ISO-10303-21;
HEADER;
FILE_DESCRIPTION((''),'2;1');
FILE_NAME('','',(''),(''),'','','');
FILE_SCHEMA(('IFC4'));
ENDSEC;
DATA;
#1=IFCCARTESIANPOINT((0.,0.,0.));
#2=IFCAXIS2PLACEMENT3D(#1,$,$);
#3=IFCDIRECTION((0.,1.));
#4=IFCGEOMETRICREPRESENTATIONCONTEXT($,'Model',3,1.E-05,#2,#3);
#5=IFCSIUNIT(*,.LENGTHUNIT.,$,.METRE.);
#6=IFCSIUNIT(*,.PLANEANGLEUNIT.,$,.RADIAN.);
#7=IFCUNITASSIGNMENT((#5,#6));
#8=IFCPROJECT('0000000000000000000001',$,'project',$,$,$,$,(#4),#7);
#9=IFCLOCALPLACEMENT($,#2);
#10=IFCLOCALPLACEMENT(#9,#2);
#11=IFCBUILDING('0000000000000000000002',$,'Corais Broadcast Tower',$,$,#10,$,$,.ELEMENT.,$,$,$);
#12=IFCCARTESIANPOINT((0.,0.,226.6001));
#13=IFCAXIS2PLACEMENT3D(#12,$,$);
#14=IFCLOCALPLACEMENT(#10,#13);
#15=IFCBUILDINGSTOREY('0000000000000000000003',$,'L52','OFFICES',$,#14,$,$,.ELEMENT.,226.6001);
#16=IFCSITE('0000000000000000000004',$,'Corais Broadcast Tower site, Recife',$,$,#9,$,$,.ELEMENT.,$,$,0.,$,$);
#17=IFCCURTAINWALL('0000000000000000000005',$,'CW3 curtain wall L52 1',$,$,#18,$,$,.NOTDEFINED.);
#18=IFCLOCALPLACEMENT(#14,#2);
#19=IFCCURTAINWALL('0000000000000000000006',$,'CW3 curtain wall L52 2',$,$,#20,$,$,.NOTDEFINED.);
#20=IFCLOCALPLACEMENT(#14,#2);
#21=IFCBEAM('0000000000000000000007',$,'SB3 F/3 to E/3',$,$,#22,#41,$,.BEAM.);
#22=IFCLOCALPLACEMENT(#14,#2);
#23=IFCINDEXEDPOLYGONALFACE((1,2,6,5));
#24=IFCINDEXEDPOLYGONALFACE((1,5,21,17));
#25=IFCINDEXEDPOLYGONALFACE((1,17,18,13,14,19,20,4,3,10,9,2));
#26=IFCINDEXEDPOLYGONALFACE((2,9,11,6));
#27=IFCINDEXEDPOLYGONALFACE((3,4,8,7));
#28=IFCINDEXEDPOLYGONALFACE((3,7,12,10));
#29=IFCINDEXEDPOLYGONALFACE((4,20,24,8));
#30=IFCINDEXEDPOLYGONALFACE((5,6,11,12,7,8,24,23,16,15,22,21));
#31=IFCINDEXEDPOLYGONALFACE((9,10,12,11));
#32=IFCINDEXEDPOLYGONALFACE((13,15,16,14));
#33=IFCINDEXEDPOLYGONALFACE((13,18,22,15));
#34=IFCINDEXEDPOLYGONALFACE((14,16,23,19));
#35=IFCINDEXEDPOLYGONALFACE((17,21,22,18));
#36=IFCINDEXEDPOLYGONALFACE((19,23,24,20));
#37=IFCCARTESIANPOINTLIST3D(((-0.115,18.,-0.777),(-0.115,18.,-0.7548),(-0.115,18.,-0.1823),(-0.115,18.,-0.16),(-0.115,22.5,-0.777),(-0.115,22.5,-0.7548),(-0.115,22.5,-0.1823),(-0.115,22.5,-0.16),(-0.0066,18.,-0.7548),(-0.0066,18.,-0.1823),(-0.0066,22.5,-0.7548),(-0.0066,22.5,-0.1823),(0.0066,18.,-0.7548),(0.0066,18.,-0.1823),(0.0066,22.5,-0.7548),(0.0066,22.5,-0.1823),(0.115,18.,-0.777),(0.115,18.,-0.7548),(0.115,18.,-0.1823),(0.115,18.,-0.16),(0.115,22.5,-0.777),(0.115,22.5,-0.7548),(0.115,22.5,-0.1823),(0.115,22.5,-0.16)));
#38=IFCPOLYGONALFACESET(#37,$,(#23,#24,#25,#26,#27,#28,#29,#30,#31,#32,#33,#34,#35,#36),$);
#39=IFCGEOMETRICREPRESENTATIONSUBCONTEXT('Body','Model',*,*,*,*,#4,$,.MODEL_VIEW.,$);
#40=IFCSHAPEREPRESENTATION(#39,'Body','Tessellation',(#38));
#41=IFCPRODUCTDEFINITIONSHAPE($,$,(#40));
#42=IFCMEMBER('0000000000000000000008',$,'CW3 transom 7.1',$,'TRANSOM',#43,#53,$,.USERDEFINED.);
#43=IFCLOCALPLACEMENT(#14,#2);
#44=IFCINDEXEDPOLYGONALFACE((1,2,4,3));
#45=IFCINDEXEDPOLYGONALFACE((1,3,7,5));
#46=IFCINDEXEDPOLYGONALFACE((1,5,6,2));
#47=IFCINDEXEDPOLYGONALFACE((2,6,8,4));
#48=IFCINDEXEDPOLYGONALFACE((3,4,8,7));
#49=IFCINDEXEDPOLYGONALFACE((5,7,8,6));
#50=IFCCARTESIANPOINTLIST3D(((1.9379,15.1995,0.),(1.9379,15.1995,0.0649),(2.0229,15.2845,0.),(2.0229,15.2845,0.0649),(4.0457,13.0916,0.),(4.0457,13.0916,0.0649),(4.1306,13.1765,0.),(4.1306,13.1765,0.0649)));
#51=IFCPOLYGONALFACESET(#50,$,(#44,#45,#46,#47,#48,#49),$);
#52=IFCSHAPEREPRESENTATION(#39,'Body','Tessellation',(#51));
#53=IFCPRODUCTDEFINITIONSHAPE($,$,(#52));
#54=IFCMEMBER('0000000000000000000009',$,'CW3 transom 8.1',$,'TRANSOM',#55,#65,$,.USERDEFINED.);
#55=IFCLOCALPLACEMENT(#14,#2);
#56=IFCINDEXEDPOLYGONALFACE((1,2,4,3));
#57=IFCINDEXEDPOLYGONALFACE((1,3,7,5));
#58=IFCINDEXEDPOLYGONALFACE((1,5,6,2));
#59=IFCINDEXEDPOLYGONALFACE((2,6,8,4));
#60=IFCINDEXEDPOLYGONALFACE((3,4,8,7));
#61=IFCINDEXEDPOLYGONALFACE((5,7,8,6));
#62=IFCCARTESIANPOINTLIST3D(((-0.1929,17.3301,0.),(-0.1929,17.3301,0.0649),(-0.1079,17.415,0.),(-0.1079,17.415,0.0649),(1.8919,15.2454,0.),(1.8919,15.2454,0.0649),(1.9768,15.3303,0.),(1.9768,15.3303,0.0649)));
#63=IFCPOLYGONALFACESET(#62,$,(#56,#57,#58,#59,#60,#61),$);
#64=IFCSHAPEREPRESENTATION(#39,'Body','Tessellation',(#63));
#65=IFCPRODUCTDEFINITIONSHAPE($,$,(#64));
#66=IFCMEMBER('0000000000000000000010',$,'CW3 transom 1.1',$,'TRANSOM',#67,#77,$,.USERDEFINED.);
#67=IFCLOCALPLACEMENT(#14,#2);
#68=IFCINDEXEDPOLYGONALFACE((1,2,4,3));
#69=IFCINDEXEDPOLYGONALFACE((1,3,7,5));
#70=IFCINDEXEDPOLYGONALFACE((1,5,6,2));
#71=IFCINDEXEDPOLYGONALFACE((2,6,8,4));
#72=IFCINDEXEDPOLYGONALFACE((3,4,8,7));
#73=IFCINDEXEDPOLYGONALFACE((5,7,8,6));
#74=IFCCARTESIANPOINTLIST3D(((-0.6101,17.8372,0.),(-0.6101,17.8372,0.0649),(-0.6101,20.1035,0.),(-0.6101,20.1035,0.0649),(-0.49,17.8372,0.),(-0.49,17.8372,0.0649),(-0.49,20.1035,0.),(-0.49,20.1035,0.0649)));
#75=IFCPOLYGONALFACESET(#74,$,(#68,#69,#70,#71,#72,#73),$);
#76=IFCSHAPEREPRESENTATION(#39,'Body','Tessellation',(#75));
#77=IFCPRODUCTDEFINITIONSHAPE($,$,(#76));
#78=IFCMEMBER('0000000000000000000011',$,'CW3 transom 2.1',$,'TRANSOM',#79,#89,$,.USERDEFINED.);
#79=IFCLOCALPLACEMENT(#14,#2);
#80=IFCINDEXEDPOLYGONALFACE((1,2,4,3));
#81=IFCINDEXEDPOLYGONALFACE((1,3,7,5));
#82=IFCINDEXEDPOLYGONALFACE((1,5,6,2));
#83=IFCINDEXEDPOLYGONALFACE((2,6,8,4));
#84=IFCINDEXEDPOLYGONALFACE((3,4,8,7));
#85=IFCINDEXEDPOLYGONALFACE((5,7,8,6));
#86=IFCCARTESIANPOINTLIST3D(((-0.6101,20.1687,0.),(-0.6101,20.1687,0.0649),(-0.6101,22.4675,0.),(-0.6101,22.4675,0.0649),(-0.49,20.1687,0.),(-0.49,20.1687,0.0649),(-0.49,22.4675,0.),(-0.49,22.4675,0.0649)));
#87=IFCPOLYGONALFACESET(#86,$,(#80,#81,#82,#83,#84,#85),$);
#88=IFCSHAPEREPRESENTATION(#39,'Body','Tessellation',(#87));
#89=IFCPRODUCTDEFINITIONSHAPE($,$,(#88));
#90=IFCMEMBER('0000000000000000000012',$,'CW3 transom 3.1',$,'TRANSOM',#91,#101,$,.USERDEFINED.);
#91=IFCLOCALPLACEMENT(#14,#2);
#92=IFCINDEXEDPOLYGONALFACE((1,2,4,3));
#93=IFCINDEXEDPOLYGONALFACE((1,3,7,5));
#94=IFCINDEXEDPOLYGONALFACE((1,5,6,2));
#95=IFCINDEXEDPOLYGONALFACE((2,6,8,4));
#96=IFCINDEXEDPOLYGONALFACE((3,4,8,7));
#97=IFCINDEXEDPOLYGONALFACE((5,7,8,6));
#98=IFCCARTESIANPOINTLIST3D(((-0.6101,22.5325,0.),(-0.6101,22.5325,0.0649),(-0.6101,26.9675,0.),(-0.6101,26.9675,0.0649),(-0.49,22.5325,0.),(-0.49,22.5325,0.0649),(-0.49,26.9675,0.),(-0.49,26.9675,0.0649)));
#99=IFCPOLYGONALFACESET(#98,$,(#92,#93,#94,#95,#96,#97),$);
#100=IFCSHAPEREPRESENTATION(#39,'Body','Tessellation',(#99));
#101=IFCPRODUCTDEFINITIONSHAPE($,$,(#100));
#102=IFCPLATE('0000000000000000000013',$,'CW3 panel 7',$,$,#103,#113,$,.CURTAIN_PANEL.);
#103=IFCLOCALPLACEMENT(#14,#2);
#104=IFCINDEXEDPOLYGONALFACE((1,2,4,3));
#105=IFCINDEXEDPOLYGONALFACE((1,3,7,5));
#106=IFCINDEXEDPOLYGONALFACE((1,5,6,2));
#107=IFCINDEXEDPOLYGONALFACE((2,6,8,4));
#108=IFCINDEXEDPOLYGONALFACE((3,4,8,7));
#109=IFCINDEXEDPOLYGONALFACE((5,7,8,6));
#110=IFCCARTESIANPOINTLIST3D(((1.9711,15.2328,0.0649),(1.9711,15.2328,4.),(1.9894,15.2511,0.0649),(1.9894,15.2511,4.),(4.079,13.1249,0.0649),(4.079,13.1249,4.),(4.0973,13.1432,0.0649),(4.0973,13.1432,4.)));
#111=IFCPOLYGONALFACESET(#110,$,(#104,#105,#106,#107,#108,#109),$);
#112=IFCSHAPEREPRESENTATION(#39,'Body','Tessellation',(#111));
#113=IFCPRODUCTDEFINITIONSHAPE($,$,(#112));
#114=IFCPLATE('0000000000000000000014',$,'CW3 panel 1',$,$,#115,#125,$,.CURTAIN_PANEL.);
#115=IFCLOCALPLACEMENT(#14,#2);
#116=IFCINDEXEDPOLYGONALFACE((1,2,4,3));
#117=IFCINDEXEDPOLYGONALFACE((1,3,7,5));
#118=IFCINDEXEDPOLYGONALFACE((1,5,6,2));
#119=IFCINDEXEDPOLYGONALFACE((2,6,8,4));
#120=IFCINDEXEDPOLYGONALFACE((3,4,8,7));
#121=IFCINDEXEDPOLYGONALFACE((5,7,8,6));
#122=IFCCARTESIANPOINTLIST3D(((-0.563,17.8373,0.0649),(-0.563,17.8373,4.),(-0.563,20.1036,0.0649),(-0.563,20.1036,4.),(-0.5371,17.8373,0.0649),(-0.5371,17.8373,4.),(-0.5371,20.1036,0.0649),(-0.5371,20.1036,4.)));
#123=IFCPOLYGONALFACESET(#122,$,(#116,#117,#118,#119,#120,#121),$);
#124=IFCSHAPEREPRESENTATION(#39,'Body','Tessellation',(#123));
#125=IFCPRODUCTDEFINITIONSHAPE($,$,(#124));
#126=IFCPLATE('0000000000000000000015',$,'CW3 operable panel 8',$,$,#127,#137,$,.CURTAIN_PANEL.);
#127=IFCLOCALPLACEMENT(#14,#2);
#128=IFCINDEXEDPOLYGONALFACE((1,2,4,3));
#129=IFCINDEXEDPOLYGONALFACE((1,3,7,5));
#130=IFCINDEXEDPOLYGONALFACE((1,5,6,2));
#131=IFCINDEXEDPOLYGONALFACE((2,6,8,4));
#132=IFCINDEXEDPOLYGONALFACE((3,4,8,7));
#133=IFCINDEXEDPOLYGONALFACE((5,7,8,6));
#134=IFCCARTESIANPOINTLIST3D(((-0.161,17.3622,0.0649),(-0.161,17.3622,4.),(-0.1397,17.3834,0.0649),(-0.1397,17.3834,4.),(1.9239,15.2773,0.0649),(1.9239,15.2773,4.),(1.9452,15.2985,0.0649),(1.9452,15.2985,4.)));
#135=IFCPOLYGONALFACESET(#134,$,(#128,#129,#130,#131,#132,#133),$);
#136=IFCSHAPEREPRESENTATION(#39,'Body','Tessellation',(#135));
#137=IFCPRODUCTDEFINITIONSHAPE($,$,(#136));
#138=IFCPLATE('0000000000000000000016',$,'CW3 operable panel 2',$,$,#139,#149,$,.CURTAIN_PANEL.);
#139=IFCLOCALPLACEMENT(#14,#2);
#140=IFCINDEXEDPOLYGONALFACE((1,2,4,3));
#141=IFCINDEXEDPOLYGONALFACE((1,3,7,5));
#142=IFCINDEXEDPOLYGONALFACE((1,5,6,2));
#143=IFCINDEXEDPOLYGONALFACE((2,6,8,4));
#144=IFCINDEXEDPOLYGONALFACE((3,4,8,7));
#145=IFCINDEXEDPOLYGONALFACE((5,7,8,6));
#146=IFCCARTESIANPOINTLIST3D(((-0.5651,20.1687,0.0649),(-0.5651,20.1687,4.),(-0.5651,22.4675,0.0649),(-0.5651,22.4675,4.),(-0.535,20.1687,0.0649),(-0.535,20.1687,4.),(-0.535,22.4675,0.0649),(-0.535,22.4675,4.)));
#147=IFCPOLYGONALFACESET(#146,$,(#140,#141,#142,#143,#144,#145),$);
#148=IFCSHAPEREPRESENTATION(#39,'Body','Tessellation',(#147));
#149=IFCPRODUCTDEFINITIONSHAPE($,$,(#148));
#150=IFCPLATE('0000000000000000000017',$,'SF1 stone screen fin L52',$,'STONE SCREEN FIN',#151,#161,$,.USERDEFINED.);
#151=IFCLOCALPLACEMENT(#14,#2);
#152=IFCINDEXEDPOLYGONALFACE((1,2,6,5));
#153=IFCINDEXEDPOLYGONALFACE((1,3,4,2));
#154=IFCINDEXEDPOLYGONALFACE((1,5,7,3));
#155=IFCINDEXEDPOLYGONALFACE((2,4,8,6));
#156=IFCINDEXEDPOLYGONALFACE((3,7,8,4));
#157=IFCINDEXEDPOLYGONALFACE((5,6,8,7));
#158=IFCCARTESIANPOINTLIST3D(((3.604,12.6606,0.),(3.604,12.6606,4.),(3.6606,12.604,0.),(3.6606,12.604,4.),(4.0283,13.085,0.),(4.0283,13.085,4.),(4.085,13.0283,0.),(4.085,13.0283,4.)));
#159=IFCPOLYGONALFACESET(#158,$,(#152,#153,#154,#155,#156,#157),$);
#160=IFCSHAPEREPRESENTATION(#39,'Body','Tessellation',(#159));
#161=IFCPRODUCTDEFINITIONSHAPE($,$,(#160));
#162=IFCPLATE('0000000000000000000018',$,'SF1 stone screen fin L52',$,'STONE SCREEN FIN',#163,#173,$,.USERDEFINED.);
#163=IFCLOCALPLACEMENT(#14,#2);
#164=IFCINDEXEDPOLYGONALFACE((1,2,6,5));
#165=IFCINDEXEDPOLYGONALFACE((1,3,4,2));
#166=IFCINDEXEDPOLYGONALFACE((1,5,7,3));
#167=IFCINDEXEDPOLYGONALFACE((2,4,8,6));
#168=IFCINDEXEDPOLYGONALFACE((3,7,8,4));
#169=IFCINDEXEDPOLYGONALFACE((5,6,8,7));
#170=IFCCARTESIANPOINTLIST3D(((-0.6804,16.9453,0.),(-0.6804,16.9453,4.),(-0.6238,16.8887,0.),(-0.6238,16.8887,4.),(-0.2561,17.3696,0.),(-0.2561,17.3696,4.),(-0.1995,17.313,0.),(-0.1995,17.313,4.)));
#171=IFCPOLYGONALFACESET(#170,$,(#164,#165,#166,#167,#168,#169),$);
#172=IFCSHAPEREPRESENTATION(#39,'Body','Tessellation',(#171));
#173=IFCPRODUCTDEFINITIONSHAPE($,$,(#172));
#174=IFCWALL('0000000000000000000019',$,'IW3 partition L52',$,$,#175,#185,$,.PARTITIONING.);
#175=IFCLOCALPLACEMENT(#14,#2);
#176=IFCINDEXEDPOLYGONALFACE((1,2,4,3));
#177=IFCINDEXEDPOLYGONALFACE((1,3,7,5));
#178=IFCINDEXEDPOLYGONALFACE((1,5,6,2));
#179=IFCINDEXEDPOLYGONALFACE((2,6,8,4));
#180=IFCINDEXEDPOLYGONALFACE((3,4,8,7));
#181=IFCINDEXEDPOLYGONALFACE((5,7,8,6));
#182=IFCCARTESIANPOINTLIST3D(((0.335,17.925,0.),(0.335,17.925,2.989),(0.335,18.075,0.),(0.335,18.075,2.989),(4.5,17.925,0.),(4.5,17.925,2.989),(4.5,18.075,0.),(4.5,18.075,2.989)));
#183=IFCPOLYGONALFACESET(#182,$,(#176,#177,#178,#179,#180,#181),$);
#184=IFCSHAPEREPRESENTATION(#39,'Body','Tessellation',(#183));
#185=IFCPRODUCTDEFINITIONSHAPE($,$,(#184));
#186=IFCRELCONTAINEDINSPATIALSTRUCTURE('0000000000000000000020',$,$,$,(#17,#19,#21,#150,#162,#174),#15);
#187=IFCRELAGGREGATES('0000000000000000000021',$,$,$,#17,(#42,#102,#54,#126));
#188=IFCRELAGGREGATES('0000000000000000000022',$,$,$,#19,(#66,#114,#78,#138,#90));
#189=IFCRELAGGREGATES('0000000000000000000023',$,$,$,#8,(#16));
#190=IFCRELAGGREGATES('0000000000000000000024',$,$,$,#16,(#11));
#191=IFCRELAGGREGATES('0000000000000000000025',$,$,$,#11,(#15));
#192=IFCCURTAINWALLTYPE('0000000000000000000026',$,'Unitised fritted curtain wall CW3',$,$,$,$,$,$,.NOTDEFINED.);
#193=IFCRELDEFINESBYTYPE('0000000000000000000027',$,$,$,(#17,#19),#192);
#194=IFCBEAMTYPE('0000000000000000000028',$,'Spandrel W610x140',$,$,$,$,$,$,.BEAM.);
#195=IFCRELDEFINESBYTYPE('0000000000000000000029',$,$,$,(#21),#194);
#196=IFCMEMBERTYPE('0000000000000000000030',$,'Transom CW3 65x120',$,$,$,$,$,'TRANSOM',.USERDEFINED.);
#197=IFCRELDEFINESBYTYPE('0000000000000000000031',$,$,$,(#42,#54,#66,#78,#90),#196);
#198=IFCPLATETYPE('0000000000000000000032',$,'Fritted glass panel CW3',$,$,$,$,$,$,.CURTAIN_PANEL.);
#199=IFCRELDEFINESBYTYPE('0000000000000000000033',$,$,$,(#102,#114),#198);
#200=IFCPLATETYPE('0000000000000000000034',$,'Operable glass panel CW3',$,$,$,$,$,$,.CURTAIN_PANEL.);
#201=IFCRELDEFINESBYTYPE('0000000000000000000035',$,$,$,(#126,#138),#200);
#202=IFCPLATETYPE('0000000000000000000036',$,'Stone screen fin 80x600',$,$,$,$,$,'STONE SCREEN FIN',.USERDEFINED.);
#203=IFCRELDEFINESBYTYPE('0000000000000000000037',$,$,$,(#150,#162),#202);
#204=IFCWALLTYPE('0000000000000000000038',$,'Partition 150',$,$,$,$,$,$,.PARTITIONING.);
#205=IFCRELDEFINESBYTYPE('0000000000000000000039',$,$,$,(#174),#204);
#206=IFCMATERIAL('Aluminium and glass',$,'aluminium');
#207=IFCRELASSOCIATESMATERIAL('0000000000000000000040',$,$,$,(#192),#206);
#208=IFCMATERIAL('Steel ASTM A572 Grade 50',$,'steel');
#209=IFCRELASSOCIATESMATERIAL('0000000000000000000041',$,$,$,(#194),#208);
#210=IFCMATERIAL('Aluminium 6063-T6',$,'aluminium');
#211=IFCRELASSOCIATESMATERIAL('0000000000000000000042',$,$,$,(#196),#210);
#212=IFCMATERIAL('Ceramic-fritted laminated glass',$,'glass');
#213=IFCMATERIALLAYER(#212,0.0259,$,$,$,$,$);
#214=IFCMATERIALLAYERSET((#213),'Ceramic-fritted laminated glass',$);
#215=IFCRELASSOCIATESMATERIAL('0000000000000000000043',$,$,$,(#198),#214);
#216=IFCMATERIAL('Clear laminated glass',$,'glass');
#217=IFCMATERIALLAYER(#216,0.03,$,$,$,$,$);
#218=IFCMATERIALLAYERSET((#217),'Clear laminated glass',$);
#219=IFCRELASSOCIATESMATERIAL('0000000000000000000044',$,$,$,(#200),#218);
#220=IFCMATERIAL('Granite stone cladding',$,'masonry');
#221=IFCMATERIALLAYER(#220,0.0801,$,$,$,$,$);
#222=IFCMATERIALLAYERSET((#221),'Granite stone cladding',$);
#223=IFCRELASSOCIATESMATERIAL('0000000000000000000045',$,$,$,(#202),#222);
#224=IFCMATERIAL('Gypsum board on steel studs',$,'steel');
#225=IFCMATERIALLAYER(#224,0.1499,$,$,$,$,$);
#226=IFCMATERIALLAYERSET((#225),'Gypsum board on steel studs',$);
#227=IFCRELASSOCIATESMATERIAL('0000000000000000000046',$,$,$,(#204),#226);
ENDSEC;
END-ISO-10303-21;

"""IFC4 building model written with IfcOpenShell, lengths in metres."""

from ifc_helpers import new_model, si_unit, direction, frame, frame_2d, origin, origin_2d, place, context, subcontext, project, spatial, rectangle, i_section, extrude, material, layer, layer_set, material_profile, profile_set, type_object, element, aggregate, save


model = new_model("IFC4")

# Units and contexts
model_context = context("Model", 3, precision=1e-05, world=origin(), true_north=direction((0.0, 1.0)))
body_context = subcontext(model_context, "Body", "Model", "MODEL_VIEW")
ifc_project = project(units=[si_unit("LENGTHUNIT", "METRE"), si_unit("PLANEANGLEUNIT", "RADIAN")], contexts=[model_context])

# Site, building, storey
site_placement = place(None, origin())
site = spatial("IfcSite", under=ifc_project, at=site_placement, Name="Corais Broadcast Tower site, Recife", CompositionType="ELEMENT", RefElevation=0.0)
building_placement = place(site_placement, origin())
building = spatial("IfcBuilding", under=site, at=building_placement, Name="Corais Broadcast Tower", CompositionType="ELEMENT")
storey_placement = place(building_placement, frame((0.0, 0.0, 226.6001)))
storey = spatial("IfcBuildingStorey", under=building, at=storey_placement, Name="L52", Description="OFFICES", CompositionType="ELEMENT", Elevation=226.6001)

# Curtain walls
ifc_material_1 = material(Name="Aluminium and glass", Category="aluminium")
curtain_wall_type = type_object("IfcCurtainWallType", Name="Unitised fritted curtain wall CW3", PredefinedType="NOTDEFINED", material=ifc_material_1)
curtain_wall_1_placement = place(storey_placement, origin())
curtain_wall_1 = element("IfcCurtainWall", 1, at=curtain_wall_1_placement, inside=storey, type_object=curtain_wall_type, Name="CW3 curtain wall L52 1", PredefinedType="NOTDEFINED")
curtain_wall_2_placement = place(storey_placement, origin())
curtain_wall_2 = element("IfcCurtainWall", 2, at=curtain_wall_2_placement, inside=storey, type_object=curtain_wall_type, Name="CW3 curtain wall L52 2", PredefinedType="NOTDEFINED")

# Beam
ifc_material_2 = material(Name="Steel ASTM A572 Grade 50", Category="steel")
ifc_material_profile_1 = material_profile(ifc_material_2, i_section(OverallWidth=0.23, OverallDepth=0.6169, WebThickness=0.0132, FlangeThickness=0.0222, at=origin_2d()), Name="W610x140")
ifc_profile_set_1 = profile_set([ifc_material_profile_1], Name="Steel ASTM A572 Grade 50")
beam_type_1 = type_object("IfcBeamType", Name="Spandrel W610x140", PredefinedType="BEAM", material=ifc_profile_set_1)
beam_1_placement = place(storey_placement, frame((0.0, 22.5, -0.4685), z_axis=(0.0, -1.0, 0.0), x_axis=(1.0, 0.0, 0.0)))
element("IfcBeam", 3, at=beam_1_placement, inside=storey, type_object=beam_type_1, Name="SB3 F/3 to E/3", PredefinedType="BEAM", context=body_context, shape_type="SweptSolid", body=[
    extrude(i_section(OverallWidth=0.23, OverallDepth=0.6169, WebThickness=0.0132, FlangeThickness=0.0222, at=origin_2d()), origin(), (0.0, 0.0, 1.0), 4.5),
])

# Members
ifc_material_3 = material(Name="Aluminium 6063-T6", Category="aluminium")
ifc_material_profile_2 = material_profile(ifc_material_3, rectangle(XDim=0.1201, YDim=0.0649, at=origin_2d()), Name="Transom CW3 65x120")
ifc_profile_set_2 = profile_set([ifc_material_profile_2], Name="Aluminium 6063-T6")
member_type_1 = type_object("IfcMemberType", Name="Transom CW3 65x120", ElementType="TRANSOM", PredefinedType="USERDEFINED", material=ifc_profile_set_2)
member_1_placement = place(storey_placement, frame((4.0881, 13.134, 0.0325), z_axis=(-0.707066, 0.707148, 0.0), x_axis=(-0.707148, -0.707066, 0.0)))
member_1 = element("IfcMember", 4, at=member_1_placement, type_object=member_type_1, Name="CW3 transom 7.1", ObjectType="TRANSOM", PredefinedType="USERDEFINED", context=body_context, shape_type="SweptSolid", body=[
    extrude(rectangle(XDim=0.1201, YDim=0.0649, at=origin_2d()), origin(), (0.0, 0.0, 1.0), 2.981),
])
member_2_placement = place(storey_placement, frame((1.9343, 15.2878, 0.0325), z_axis=(-0.707107, 0.707107, 0.0), x_axis=(-0.707107, -0.707107, 0.0)))
member_2 = element("IfcMember", 5, at=member_2_placement, type_object=member_type_1, Name="CW3 transom 8.1", ObjectType="TRANSOM", PredefinedType="USERDEFINED", context=body_context, shape_type="SweptSolid", body=[
    extrude(rectangle(XDim=0.1201, YDim=0.0649, at=origin_2d()), origin(), (0.0, 0.0, 1.0), 2.9482),
])
member_3_placement = place(storey_placement, frame((-0.55, 17.8372, 0.0325), z_axis=(0.0, 1.0, 0.0), x_axis=(-1.0, 0.0, 0.0)))
member_3 = element("IfcMember", 6, at=member_3_placement, type_object=member_type_1, Name="CW3 transom 1.1", ObjectType="TRANSOM", PredefinedType="USERDEFINED", context=body_context, shape_type="SweptSolid", body=[
    extrude(rectangle(XDim=0.1201, YDim=0.0649, at=origin_2d()), origin(), (0.0, 0.0, 1.0), 2.2664),
])
member_4_placement = place(storey_placement, frame((-0.55, 20.1687, 0.0325), z_axis=(0.0, 1.0, 0.0), x_axis=(-1.0, 0.0, 0.0)))
member_4 = element("IfcMember", 7, at=member_4_placement, type_object=member_type_1, Name="CW3 transom 2.1", ObjectType="TRANSOM", PredefinedType="USERDEFINED", context=body_context, shape_type="SweptSolid", body=[
    extrude(rectangle(XDim=0.1201, YDim=0.0649, at=origin_2d()), origin(), (0.0, 0.0, 1.0), 2.2988),
])
member_5_placement = place(storey_placement, frame((-0.55, 22.5325, 0.0325), z_axis=(0.0, 1.0, 0.0), x_axis=(-1.0, 0.0, 0.0)))
member_5 = element("IfcMember", 8, at=member_5_placement, type_object=member_type_1, Name="CW3 transom 3.1", ObjectType="TRANSOM", PredefinedType="USERDEFINED", context=body_context, shape_type="SweptSolid", body=[
    extrude(rectangle(XDim=0.1201, YDim=0.0649, at=origin_2d()), origin(), (0.0, 0.0, 1.0), 4.4351),
])

# Plates
ifc_material_4 = material(Name="Ceramic-fritted laminated glass", Category="glass")
ifc_layer_1 = layer(ifc_material_4, 0.0259)
ifc_layer_set_1 = layer_set([ifc_layer_1], Name="Ceramic-fritted laminated glass")
plate_type_1 = type_object("IfcPlateType", Name="Fritted glass panel CW3", PredefinedType="CURTAIN_PANEL", material=ifc_layer_set_1)
plate_1_placement = place(storey_placement, frame((3.0342, 14.188, 0.0649), z_axis=(0.0, 0.0, 1.0), x_axis=(-0.707107, 0.707107, 0.0)))
plate_1 = element("IfcPlate", 9, at=plate_1_placement, type_object=plate_type_1, Name="CW3 panel 7", PredefinedType="CURTAIN_PANEL", context=body_context, shape_type="SweptSolid", body=[
    extrude(rectangle(XDim=2.981, YDim=0.0259, at=origin_2d()), origin(), (0.0, 0.0, 1.0), 3.9351),
])
plate_2_placement = place(storey_placement, frame((-0.55, 18.9705, 0.0649), z_axis=(0.0, 0.0, 1.0), x_axis=(0.0, 1.0, 0.0)))
plate_2 = element("IfcPlate", 10, at=plate_2_placement, type_object=plate_type_1, Name="CW3 panel 1", PredefinedType="CURTAIN_PANEL", context=body_context, shape_type="SweptSolid", body=[
    extrude(rectangle(XDim=2.2664, YDim=0.0259, at=origin_2d()), origin(), (0.0, 0.0, 1.0), 3.9351),
])
ifc_material_5 = material(Name="Clear laminated glass", Category="glass")
ifc_layer_2 = layer(ifc_material_5, 0.03)
ifc_layer_set_2 = layer_set([ifc_layer_2], Name="Clear laminated glass")
plate_type_2 = type_object("IfcPlateType", Name="Operable glass panel CW3", PredefinedType="CURTAIN_PANEL", material=ifc_layer_set_2)
plate_3_placement = place(storey_placement, frame((0.8921, 16.3303, 0.0649), z_axis=(0.0, 0.0, 1.0), x_axis=(-0.707107, 0.707107, 0.0)))
plate_3 = element("IfcPlate", 11, at=plate_3_placement, type_object=plate_type_2, Name="CW3 operable panel 8", PredefinedType="CURTAIN_PANEL", context=body_context, shape_type="SweptSolid", body=[
    extrude(rectangle(XDim=2.9485, YDim=0.03, at=origin_2d()), origin(), (0.0, 0.0, 1.0), 3.9351),
])
aggregate(curtain_wall_1, [member_1, plate_1, member_2, plate_3])
plate_4_placement = place(storey_placement, frame((-0.55, 21.3181, 0.0649), z_axis=(0.0, 0.0, 1.0), x_axis=(0.0, 1.0, 0.0)))
plate_4 = element("IfcPlate", 12, at=plate_4_placement, type_object=plate_type_2, Name="CW3 operable panel 2", PredefinedType="CURTAIN_PANEL", context=body_context, shape_type="SweptSolid", body=[
    extrude(rectangle(XDim=2.2988, YDim=0.03, at=origin_2d()), origin(), (0.0, 0.0, 1.0), 3.9351),
])
aggregate(curtain_wall_2, [member_3, plate_2, member_4, plate_4, member_5])

# Plates
ifc_material_6 = material(Name="Granite stone cladding", Category="masonry")
ifc_layer_3 = layer(ifc_material_6, 0.0801)
ifc_layer_set_3 = layer_set([ifc_layer_3], Name="Granite stone cladding")
plate_type_3 = type_object("IfcPlateType", Name="Stone screen fin 80x600", ElementType="STONE SCREEN FIN", PredefinedType="USERDEFINED", material=ifc_layer_set_3)
for number, where, z_axis, x_axis, name in (
    (13, (3.8445, 12.8445, 0.0), (0.0, 0.0, 1.0), (-0.707107, 0.707107, 0.0), "SF1 stone screen fin L52"),
    (14, (-0.4399, 17.1292, 0.0), (0.0, 0.0, 1.0), (-0.707107, 0.707107, 0.0), "SF1 stone screen fin L52"),
):
    element("IfcPlate", number, at=place(storey_placement, frame(where, z_axis=z_axis, x_axis=x_axis)), inside=storey, type_object=plate_type_3, Name=name, ObjectType="STONE SCREEN FIN", PredefinedType="USERDEFINED", context=body_context, shape_type="SweptSolid", body=[
        extrude(rectangle(XDim=0.0801, YDim=0.6001, at=origin_2d()), origin(), (0.0, 0.0, 1.0), 4.0),
    ])

# Wall
ifc_material_7 = material(Name="Gypsum board on steel studs", Category="steel")
ifc_layer_4 = layer(ifc_material_7, 0.1499)
ifc_layer_set_4 = layer_set([ifc_layer_4], Name="Gypsum board on steel studs")
wall_type = type_object("IfcWallType", Name="Partition 150", PredefinedType="PARTITIONING", material=ifc_layer_set_4)
wall_placement = place(storey_placement, frame((0.335, 18.0, 0.0), z_axis=(0.0, 0.0, 1.0), x_axis=(1.0, 0.0, 0.0)))
element("IfcWall", 15, at=wall_placement, inside=storey, type_object=wall_type, Name="IW3 partition L52", PredefinedType="PARTITIONING", context=body_context, shape_type="SweptSolid", body=[
    extrude(rectangle(XDim=4.165, YDim=0.1499, at=frame_2d((2.0825, 0.0))), origin(), (0.0, 0.0, 1.0), 2.989),
])

save(model, "model.ifc")
